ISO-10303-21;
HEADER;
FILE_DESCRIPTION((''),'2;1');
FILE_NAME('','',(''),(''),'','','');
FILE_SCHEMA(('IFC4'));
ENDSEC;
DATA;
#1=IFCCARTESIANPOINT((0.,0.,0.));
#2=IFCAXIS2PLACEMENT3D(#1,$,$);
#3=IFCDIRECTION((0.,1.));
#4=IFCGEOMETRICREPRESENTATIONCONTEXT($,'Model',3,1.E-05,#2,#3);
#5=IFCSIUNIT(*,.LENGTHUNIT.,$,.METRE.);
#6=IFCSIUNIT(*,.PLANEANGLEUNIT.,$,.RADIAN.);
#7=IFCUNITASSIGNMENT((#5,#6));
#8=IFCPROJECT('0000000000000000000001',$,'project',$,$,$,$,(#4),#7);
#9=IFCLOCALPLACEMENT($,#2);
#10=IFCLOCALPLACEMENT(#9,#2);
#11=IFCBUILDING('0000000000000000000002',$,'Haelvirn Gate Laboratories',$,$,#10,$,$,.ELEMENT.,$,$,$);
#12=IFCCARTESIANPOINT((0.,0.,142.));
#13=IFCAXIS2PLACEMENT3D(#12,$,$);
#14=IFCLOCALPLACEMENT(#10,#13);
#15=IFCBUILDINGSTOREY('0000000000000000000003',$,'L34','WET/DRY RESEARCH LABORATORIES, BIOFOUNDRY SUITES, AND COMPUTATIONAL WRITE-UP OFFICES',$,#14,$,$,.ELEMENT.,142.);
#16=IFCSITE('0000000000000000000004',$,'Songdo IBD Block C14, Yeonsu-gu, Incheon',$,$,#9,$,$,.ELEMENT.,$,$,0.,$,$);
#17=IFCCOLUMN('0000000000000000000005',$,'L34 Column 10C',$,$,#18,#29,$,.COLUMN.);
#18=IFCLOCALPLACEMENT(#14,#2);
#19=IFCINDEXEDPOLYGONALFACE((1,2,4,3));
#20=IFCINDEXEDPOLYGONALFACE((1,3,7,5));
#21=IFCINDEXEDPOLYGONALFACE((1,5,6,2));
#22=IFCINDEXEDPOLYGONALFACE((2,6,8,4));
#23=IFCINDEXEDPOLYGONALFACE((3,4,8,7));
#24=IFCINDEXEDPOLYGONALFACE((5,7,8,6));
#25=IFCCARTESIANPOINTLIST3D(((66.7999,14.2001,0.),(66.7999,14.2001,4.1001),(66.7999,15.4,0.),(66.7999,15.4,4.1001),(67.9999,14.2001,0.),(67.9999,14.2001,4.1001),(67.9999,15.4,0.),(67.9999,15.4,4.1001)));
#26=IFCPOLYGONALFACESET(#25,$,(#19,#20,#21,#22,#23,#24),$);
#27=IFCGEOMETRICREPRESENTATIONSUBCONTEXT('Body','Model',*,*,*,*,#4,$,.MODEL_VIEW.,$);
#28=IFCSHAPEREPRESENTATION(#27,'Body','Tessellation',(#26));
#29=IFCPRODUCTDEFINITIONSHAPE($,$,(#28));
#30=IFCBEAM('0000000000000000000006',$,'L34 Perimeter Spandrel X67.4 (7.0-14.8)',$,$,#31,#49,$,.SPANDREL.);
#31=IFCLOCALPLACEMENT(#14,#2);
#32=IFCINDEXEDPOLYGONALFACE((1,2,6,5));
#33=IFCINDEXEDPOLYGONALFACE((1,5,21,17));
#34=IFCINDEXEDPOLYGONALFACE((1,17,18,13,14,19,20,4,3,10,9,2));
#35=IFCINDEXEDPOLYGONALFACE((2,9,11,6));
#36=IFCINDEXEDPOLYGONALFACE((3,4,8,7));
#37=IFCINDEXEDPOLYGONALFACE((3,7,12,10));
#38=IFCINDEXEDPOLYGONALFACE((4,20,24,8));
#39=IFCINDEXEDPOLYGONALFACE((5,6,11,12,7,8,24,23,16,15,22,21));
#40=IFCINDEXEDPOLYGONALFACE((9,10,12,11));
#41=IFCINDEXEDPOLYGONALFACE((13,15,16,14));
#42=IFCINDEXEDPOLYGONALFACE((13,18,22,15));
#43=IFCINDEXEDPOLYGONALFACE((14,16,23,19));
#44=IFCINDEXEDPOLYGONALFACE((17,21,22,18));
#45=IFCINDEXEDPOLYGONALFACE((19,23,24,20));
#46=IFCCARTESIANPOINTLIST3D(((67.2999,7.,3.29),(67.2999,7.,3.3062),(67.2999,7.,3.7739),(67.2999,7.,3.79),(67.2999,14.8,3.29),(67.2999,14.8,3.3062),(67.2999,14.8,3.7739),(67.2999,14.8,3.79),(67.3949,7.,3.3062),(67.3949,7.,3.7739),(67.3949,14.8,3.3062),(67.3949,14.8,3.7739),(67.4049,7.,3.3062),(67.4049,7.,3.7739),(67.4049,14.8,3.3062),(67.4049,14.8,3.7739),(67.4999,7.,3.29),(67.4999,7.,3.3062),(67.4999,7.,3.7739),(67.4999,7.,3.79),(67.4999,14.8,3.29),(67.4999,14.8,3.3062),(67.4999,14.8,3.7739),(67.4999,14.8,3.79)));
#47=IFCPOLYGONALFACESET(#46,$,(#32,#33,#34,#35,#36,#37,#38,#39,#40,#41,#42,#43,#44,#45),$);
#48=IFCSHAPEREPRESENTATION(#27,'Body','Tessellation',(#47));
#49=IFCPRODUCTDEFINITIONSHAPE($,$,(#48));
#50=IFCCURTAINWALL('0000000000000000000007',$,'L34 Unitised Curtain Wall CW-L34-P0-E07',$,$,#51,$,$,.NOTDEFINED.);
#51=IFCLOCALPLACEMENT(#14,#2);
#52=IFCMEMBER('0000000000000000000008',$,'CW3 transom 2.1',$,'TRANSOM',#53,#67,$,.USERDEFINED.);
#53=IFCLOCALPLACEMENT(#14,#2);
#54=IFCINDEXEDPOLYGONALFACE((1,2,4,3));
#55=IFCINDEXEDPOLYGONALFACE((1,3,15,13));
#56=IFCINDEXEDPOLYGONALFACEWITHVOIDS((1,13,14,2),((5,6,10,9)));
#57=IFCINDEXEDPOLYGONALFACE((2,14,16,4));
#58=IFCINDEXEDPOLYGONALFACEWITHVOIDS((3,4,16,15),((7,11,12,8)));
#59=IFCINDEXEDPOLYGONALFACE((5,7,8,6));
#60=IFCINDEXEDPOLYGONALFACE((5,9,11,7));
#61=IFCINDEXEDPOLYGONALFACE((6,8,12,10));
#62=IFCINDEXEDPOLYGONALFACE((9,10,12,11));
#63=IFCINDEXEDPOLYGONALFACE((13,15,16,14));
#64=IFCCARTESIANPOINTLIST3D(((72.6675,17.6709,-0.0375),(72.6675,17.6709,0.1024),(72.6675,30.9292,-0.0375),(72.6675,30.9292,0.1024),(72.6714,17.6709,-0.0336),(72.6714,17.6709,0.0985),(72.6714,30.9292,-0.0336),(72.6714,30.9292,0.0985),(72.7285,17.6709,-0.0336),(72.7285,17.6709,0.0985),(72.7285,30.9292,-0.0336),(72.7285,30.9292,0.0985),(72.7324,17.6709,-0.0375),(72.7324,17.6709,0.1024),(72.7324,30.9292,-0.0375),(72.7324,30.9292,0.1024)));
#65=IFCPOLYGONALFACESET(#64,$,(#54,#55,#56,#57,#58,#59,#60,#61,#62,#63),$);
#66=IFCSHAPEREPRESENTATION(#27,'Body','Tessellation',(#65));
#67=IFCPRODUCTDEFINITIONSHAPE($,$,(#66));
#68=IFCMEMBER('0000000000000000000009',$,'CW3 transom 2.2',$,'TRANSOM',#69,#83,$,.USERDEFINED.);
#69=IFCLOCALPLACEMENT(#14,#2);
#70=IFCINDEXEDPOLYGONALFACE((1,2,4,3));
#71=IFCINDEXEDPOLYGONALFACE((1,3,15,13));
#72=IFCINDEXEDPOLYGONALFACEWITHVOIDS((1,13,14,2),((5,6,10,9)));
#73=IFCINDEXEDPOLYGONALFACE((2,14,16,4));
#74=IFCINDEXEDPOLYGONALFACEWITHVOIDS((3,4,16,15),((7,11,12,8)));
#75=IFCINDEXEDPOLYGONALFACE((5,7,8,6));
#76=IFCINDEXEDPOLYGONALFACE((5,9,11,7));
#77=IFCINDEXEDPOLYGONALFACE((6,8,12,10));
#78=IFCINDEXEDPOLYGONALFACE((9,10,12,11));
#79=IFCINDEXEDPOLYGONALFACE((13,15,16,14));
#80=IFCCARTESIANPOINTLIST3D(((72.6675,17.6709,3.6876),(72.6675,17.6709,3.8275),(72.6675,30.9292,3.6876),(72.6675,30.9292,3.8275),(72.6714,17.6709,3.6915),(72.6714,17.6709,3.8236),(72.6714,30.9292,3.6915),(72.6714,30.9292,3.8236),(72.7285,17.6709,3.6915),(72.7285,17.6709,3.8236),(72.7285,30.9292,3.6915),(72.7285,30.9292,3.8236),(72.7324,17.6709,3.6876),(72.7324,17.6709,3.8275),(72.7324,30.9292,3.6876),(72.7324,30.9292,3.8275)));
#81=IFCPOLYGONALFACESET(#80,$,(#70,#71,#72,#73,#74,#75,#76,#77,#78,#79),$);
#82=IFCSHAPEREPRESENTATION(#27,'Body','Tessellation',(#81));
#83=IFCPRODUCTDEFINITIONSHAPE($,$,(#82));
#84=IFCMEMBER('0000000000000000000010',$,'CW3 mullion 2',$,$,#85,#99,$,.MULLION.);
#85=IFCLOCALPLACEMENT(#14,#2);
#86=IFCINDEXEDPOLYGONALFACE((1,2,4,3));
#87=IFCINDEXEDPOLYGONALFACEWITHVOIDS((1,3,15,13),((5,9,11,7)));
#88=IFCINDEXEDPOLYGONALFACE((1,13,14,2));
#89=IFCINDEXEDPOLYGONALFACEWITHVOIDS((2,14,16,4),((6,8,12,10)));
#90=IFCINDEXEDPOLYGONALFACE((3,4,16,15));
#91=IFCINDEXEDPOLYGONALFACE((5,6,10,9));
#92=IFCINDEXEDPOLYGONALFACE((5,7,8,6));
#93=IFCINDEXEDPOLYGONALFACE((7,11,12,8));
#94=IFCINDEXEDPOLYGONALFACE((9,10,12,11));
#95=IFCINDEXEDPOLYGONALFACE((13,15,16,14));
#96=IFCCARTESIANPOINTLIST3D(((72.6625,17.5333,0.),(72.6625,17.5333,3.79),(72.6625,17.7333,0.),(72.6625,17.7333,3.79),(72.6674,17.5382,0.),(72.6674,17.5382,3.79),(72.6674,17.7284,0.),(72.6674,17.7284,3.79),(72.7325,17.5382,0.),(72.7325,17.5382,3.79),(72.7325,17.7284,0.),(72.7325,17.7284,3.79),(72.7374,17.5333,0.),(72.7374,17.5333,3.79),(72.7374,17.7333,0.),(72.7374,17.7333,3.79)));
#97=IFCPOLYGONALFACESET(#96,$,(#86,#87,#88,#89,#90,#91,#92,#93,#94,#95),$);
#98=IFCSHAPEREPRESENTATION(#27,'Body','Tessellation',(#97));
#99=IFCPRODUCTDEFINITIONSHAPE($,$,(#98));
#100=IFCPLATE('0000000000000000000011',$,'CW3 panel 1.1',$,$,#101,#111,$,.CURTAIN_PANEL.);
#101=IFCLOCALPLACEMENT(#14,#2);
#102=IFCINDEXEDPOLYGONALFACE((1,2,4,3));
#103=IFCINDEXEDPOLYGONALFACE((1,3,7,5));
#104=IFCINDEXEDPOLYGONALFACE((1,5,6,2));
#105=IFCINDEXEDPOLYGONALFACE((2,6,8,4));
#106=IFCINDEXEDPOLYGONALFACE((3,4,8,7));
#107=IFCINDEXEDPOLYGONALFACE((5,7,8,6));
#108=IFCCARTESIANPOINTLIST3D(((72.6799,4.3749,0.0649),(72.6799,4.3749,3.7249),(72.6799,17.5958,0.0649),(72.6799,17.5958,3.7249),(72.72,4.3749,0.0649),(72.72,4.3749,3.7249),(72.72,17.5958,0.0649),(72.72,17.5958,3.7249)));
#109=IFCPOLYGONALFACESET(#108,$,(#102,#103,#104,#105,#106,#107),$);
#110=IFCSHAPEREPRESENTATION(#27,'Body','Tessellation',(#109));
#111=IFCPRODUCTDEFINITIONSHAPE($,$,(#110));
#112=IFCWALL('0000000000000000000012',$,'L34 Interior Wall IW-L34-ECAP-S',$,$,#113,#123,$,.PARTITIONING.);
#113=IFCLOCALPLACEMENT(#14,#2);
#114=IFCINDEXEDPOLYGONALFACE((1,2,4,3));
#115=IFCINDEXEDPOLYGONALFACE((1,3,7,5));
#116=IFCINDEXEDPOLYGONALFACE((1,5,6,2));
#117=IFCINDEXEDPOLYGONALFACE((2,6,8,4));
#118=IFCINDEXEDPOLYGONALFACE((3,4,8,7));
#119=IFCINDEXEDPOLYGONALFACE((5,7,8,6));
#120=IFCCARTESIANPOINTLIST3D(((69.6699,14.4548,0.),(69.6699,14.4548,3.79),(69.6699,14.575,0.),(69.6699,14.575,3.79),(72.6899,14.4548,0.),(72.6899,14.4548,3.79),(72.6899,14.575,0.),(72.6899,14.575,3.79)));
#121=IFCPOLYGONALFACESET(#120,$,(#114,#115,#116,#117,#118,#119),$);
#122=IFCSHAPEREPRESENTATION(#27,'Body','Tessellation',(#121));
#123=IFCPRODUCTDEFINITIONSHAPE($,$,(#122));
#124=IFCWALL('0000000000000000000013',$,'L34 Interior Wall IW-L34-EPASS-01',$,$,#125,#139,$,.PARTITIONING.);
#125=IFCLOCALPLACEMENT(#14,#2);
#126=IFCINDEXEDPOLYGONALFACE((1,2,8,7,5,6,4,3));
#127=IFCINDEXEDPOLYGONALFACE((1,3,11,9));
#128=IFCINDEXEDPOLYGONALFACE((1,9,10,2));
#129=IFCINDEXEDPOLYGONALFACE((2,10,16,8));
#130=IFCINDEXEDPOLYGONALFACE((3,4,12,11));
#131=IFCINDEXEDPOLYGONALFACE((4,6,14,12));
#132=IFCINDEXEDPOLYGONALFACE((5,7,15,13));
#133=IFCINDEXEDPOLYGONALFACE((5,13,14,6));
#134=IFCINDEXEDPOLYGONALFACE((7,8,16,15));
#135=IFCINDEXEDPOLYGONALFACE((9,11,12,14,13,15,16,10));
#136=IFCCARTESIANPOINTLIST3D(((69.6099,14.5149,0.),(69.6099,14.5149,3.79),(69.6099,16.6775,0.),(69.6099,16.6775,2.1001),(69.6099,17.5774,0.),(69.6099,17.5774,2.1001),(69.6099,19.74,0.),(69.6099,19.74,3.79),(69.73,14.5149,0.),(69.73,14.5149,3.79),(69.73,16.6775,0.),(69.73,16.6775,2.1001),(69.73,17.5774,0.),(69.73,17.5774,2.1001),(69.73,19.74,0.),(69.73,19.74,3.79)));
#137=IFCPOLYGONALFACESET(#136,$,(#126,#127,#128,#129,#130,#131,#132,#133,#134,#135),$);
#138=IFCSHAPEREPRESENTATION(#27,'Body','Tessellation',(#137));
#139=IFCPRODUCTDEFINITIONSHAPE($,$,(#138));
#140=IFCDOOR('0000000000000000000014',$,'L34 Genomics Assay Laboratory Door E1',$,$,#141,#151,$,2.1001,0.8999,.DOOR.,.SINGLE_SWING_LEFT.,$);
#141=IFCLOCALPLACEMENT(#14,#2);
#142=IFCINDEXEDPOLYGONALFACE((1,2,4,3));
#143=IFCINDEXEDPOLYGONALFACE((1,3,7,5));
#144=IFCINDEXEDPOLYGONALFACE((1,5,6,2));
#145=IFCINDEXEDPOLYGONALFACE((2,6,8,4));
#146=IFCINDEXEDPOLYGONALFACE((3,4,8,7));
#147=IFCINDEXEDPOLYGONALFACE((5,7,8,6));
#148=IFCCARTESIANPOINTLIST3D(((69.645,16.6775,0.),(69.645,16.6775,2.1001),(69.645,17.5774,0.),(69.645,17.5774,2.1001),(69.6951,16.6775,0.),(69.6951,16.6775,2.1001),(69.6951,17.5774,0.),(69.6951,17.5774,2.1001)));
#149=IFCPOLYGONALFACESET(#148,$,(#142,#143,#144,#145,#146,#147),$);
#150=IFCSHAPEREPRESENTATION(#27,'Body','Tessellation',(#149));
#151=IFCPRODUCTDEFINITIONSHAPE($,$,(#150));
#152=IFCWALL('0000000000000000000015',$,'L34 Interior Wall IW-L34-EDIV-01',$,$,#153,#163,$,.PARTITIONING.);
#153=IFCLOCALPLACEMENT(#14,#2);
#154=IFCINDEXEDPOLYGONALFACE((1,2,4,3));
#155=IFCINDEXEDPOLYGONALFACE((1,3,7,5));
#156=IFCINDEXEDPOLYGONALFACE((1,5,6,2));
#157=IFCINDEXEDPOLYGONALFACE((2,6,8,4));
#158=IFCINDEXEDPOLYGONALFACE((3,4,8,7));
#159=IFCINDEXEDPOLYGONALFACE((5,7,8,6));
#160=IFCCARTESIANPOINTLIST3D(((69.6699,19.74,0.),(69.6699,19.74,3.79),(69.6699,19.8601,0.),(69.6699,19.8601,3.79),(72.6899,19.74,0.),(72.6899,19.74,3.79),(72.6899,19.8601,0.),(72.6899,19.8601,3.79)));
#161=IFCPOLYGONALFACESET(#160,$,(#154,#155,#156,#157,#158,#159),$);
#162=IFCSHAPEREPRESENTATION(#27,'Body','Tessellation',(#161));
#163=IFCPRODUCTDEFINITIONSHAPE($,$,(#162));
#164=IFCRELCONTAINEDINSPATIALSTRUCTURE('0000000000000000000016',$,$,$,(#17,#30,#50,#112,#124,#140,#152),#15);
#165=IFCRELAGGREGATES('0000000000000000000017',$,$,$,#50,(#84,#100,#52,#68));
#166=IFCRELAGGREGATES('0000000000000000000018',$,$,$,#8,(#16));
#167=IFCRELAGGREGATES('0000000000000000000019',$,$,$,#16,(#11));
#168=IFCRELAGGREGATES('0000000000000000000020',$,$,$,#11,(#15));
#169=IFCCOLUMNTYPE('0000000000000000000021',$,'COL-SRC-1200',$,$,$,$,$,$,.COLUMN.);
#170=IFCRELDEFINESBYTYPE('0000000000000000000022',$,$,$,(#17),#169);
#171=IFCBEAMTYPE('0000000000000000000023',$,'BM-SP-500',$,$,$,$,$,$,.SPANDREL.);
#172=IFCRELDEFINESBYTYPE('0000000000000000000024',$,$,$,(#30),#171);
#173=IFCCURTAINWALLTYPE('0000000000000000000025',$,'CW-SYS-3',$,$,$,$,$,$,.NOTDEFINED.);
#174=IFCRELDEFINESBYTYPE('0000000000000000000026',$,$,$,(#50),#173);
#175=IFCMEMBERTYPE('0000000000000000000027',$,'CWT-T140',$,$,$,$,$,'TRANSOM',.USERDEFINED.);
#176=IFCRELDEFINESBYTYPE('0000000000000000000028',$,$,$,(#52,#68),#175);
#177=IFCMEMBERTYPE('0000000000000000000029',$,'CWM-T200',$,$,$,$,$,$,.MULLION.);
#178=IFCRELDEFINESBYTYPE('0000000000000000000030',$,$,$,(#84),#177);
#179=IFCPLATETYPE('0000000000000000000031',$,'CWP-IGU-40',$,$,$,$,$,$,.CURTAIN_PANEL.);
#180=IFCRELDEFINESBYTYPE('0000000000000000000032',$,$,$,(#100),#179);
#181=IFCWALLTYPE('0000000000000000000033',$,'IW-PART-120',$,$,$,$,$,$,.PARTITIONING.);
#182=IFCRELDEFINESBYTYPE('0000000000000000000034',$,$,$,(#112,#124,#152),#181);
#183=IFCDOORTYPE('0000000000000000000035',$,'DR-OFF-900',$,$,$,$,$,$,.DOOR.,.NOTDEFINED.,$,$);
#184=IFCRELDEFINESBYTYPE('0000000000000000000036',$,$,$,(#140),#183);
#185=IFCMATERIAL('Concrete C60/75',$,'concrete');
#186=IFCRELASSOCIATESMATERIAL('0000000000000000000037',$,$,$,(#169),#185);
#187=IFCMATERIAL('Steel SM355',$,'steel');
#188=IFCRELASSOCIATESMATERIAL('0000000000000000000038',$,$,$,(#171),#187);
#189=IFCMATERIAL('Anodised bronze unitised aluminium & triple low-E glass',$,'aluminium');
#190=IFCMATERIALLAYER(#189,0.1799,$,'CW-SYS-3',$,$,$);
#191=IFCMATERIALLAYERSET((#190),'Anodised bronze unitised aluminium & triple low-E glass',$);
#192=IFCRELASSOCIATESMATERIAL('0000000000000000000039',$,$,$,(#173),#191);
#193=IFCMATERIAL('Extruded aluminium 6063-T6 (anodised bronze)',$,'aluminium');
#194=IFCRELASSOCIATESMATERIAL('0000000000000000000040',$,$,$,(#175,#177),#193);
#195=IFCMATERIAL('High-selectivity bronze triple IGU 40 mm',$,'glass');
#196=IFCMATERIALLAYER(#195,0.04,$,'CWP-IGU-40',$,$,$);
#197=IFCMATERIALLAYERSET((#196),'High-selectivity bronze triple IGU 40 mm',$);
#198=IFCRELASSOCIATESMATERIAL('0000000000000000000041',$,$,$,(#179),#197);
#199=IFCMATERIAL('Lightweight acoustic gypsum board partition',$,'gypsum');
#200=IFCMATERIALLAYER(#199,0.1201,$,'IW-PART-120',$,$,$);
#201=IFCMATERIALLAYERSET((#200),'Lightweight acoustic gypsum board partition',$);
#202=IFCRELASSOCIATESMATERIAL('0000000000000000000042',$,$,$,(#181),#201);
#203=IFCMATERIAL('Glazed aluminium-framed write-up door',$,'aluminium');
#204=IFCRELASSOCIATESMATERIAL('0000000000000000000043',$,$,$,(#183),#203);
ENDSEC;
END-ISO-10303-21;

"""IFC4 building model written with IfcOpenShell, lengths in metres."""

from ifc_helpers import new_model, si_unit, direction, frame, frame_2d, origin, origin_2d, place, context, subcontext, project, spatial, rectangle, hollow_rectangle, i_section, extrude, source, transform, mapped, material, layer, layer_set, material_profile, profile_set, type_object, type_shapes, element, fill, aggregate, save


model = new_model("IFC4")

# Units and contexts
model_context = context("Model", 3, precision=1e-05, world=origin(), true_north=direction((0.0, 1.0)))
body_context = subcontext(model_context, "Body", "Model", "MODEL_VIEW")
ifc_project = project(units=[si_unit("LENGTHUNIT", "METRE"), si_unit("PLANEANGLEUNIT", "RADIAN")], contexts=[model_context])

# Site, building, storey
site_placement = place(None, origin())
site = spatial("IfcSite", under=ifc_project, at=site_placement, Name="Songdo IBD Block C14, Yeonsu-gu, Incheon", CompositionType="ELEMENT", RefElevation=0.0)
building_placement = place(site_placement, origin())
building = spatial("IfcBuilding", under=site, at=building_placement, Name="Haelvirn Gate Laboratories", CompositionType="ELEMENT")
storey_placement = place(building_placement, frame((0.0, 0.0, 142.0)))
storey = spatial("IfcBuildingStorey", under=building, at=storey_placement, Name="L34", Description="WET/DRY RESEARCH LABORATORIES, BIOFOUNDRY SUITES, AND COMPUTATIONAL WRITE-UP OFFICES", CompositionType="ELEMENT", Elevation=142.0)

# Column
ifc_material_1 = material(Name="Concrete C60/75", Category="concrete")
ifc_material_profile_1 = material_profile(ifc_material_1, rectangle(XDim=1.2, YDim=1.2, at=origin_2d()), Name="SRC-1200x1200")
ifc_profile_set_1 = profile_set([ifc_material_profile_1], Name="Concrete C60/75")
column_type = type_object("IfcColumnType", Name="COL-SRC-1200", PredefinedType="COLUMN", material=ifc_profile_set_1)
shared_shape_1 = source(origin(), body_context, "Body", "SweptSolid", [
    extrude(rectangle(XDim=1.2, YDim=1.2, at=origin_2d()), origin(), (0.0, 0.0, 1.0), 4.1001),
])
type_shapes(column_type, [shared_shape_1])
column_placement = place(storey_placement, frame((67.3999, 14.8, 0.0), z_axis=(0.0, 0.0, 1.0), x_axis=(1.0, 0.0, 0.0)))
element("IfcColumn", 1, at=column_placement, inside=storey, type_object=column_type, Name="L34 Column 10C", PredefinedType="COLUMN", context=body_context, shape_type="MappedRepresentation", body=[
    mapped(shared_shape_1, transform((0.0, 0.0, 0.0), scale=1.0)),
])

# Beam
ifc_material_2 = material(Name="Steel SM355", Category="steel")
ifc_material_profile_2 = material_profile(ifc_material_2, i_section(OverallWidth=0.2, OverallDepth=0.5, WebThickness=0.01, FlangeThickness=0.0161, at=origin_2d()), Name="H-500x200x10x16")
ifc_profile_set_2 = profile_set([ifc_material_profile_2], Name="Steel SM355")
beam_type = type_object("IfcBeamType", Name="BM-SP-500", PredefinedType="SPANDREL", material=ifc_profile_set_2)
shared_shape_2 = source(origin(), body_context, "Body", "SweptSolid", [
    extrude(i_section(OverallWidth=0.2, OverallDepth=0.5, WebThickness=0.01, FlangeThickness=0.0161, at=origin_2d()), origin(), (0.0, 0.0, 1.0), 7.8),
])
type_shapes(beam_type, [shared_shape_2])
beam_placement = place(storey_placement, frame((67.3999, 7.0, 3.54), z_axis=(0.0, 1.0, 0.0), x_axis=(-1.0, 0.0, 0.0)))
element("IfcBeam", 2, at=beam_placement, inside=storey, type_object=beam_type, Name="L34 Perimeter Spandrel X67.4 (7.0-14.8)", PredefinedType="SPANDREL", context=body_context, shape_type="MappedRepresentation", body=[
    mapped(shared_shape_2, transform((0.0, 0.0, 0.0), scale=1.0)),
])

# Curtain wall, members, plate
ifc_material_3 = material(Name="Anodised bronze unitised aluminium & triple low-E glass", Category="aluminium")
ifc_layer_1 = layer(ifc_material_3, 0.1799, Name="CW-SYS-3")
ifc_layer_set_1 = layer_set([ifc_layer_1], Name="Anodised bronze unitised aluminium & triple low-E glass")
curtain_wall_type = type_object("IfcCurtainWallType", Name="CW-SYS-3", PredefinedType="NOTDEFINED", material=ifc_layer_set_1)
curtain_wall_placement = place(storey_placement, origin())
curtain_wall = element("IfcCurtainWall", 3, at=curtain_wall_placement, inside=storey, type_object=curtain_wall_type, Name="L34 Unitised Curtain Wall CW-L34-P0-E07", PredefinedType="NOTDEFINED")
ifc_material_4 = material(Name="Extruded aluminium 6063-T6 (anodised bronze)", Category="aluminium")
ifc_material_profile_3 = material_profile(ifc_material_4, hollow_rectangle(XDim=0.0649, YDim=0.1399, WallThickness=0.0039, at=origin_2d()), Name="CWT-140x65x4")
ifc_profile_set_3 = profile_set([ifc_material_profile_3], Name="Extruded aluminium 6063-T6 (anodised bronze)")
member_type_1 = type_object("IfcMemberType", Name="CWT-T140", ElementType="TRANSOM", PredefinedType="USERDEFINED", material=ifc_profile_set_3)
shared_shape_3 = source(origin(), body_context, "Body", "SweptSolid", [
    extrude(hollow_rectangle(XDim=0.0649, YDim=0.1399, WallThickness=0.0039, at=origin_2d()), origin(), (0.0, 0.0, 1.0), 13.2583),
])
type_shapes(member_type_1, [shared_shape_3])
member_1_placement = place(storey_placement, frame((72.7, 17.6709, 0.0325), z_axis=(0.0, 1.0, 0.0), x_axis=(-1.0, 0.0, 0.0)))
member_1 = element("IfcMember", 4, at=member_1_placement, type_object=member_type_1, Name="CW3 transom 2.1", ObjectType="TRANSOM", PredefinedType="USERDEFINED", context=body_context, shape_type="MappedRepresentation", body=[
    mapped(shared_shape_3, transform((0.0, 0.0, 0.0), scale=1.0)),
])
member_2_placement = place(storey_placement, frame((72.7, 17.6709, 3.7576), z_axis=(0.0, 1.0, 0.0), x_axis=(-1.0, 0.0, 0.0)))
member_2 = element("IfcMember", 5, at=member_2_placement, type_object=member_type_1, Name="CW3 transom 2.2", ObjectType="TRANSOM", PredefinedType="USERDEFINED", context=body_context, shape_type="MappedRepresentation", body=[
    mapped(shared_shape_3, transform((0.0, 0.0, 0.0), scale=1.0)),
])
ifc_material_profile_4 = material_profile(ifc_material_4, hollow_rectangle(XDim=0.075, YDim=0.2, WallThickness=0.0049, at=origin_2d()), Name="CWM-200x75x5")
ifc_profile_set_4 = profile_set([ifc_material_profile_4], Name="Extruded aluminium 6063-T6 (anodised bronze)")
member_type_2 = type_object("IfcMemberType", Name="CWM-T200", PredefinedType="MULLION", material=ifc_profile_set_4)
shared_shape_4 = source(origin(), body_context, "Body", "SweptSolid", [
    extrude(hollow_rectangle(XDim=0.075, YDim=0.2, WallThickness=0.0049, at=origin_2d()), origin(), (0.0, 0.0, 1.0), 3.79),
])
type_shapes(member_type_2, [shared_shape_4])
member_3_placement = place(storey_placement, frame((72.7, 17.6333, 0.0), z_axis=(0.0, 0.0, 1.0), x_axis=(-1.0, 0.0, 0.0)))
member_3 = element("IfcMember", 6, at=member_3_placement, type_object=member_type_2, Name="CW3 mullion 2", PredefinedType="MULLION", context=body_context, shape_type="MappedRepresentation", body=[
    mapped(shared_shape_4, transform((0.0, 0.0, 0.0), scale=1.0)),
])
ifc_material_5 = material(Name="High-selectivity bronze triple IGU 40 mm", Category="glass")
ifc_layer_2 = layer(ifc_material_5, 0.04, Name="CWP-IGU-40")
ifc_layer_set_2 = layer_set([ifc_layer_2], Name="High-selectivity bronze triple IGU 40 mm")
plate_type = type_object("IfcPlateType", Name="CWP-IGU-40", PredefinedType="CURTAIN_PANEL", material=ifc_layer_set_2)
shared_shape_5 = source(origin(), body_context, "Body", "SweptSolid", [
    extrude(rectangle(XDim=13.2209, YDim=0.04, at=origin_2d()), origin(), (0.0, 0.0, 1.0), 3.6599),
])
type_shapes(plate_type, [shared_shape_5])
plate_placement = place(storey_placement, frame((72.7, 10.9854, 0.0649), z_axis=(0.0, 0.0, 1.0), x_axis=(0.0, 1.0, 0.0)))
plate = element("IfcPlate", 7, at=plate_placement, type_object=plate_type, Name="CW3 panel 1.1", PredefinedType="CURTAIN_PANEL", context=body_context, shape_type="MappedRepresentation", body=[
    mapped(shared_shape_5, transform((0.0, 0.0, 0.0), scale=1.0)),
])
aggregate(curtain_wall, [member_3, plate, member_1, member_2])

# Wall
ifc_material_6 = material(Name="Lightweight acoustic gypsum board partition", Category="gypsum")
ifc_layer_3 = layer(ifc_material_6, 0.1201, Name="IW-PART-120")
ifc_layer_set_3 = layer_set([ifc_layer_3], Name="Lightweight acoustic gypsum board partition")
wall_type_1 = type_object("IfcWallType", Name="IW-PART-120", PredefinedType="PARTITIONING", material=ifc_layer_set_3)
wall_1_placement = place(storey_placement, frame((69.6699, 14.5149, 0.0), z_axis=(0.0, 0.0, 1.0), x_axis=(1.0, 0.0, 0.0)))
element("IfcWall", 8, at=wall_1_placement, inside=storey, type_object=wall_type_1, Name="L34 Interior Wall IW-L34-ECAP-S", PredefinedType="PARTITIONING", context=body_context, shape_type="SweptSolid", body=[
    extrude(rectangle(XDim=3.02, YDim=0.1201, at=frame_2d((1.51, 0.0))), origin(), (0.0, 0.0, 1.0), 3.79),
])

# Wall, opening, door
wall_2_placement = place(storey_placement, frame((69.6699, 14.5149, 0.0), z_axis=(0.0, 0.0, 1.0), x_axis=(0.0, 1.0, 0.0)))
wall_2 = element("IfcWall", 9, at=wall_2_placement, inside=storey, type_object=wall_type_1, Name="L34 Interior Wall IW-L34-EPASS-01", PredefinedType="PARTITIONING", context=body_context, shape_type="SweptSolid", body=[
    extrude(rectangle(XDim=5.2251, YDim=0.1201, at=frame_2d((2.6125, 0.0))), origin(), (0.0, 0.0, 1.0), 3.79),
])
opening_1_placement = place(wall_2_placement, frame((2.1626, 0.0, 0.0)))
opening_1 = element("IfcOpeningElement", 10, at=opening_1_placement, cuts=wall_2, PredefinedType="OPENING", context=body_context, shape_type="SweptSolid", body=[
    extrude(rectangle(XDim=0.8999, YDim=2.1001, at=frame_2d((0.45, 1.05))), frame((0.0, 0.0701, 0.0), z_axis=(0.0, -1.0, 0.0), x_axis=(1.0, 0.0, 0.0)), (0.0, 0.0, 1.0), 0.1401),
])
ifc_material_7 = material(Name="Glazed aluminium-framed write-up door", Category="aluminium")
door_type_1 = type_object("IfcDoorType", Name="DR-OFF-900", OperationType="NOTDEFINED", PredefinedType="DOOR", material=ifc_material_7)
shared_shape_6 = source(origin(), body_context, "Body", "SweptSolid", [
    extrude(rectangle(XDim=0.8999, YDim=2.1001, at=frame_2d((0.45, 1.05))), frame((0.0, 0.0249, 0.0), z_axis=(0.0, -1.0, 0.0), x_axis=(1.0, 0.0, 0.0)), (0.0, 0.0, 1.0), 0.05),
])
type_shapes(door_type_1, [shared_shape_6])
door_1_placement = place(opening_1_placement, origin())
door_1 = element("IfcDoor", 11, at=door_1_placement, inside=storey, type_object=door_type_1, Name="L34 Genomics Assay Laboratory Door E1", OperationType="SINGLE_SWING_LEFT", OverallHeight=2.1001, OverallWidth=0.8999, PredefinedType="DOOR", context=body_context, shape_type="MappedRepresentation", body=[
    mapped(shared_shape_6, transform((0.0, 0.0, 0.0), scale=1.0)),
])
fill(opening_1, door_1)

# Wall
wall_3_placement = place(storey_placement, frame((69.6699, 19.8, 0.0), z_axis=(0.0, 0.0, 1.0), x_axis=(1.0, 0.0, 0.0)))
element("IfcWall", 12, at=wall_3_placement, inside=storey, type_object=wall_type_1, Name="L34 Interior Wall IW-L34-EDIV-01", PredefinedType="PARTITIONING", context=body_context, shape_type="SweptSolid", body=[
    extrude(rectangle(XDim=3.02, YDim=0.1201, at=frame_2d((1.51, 0.0))), origin(), (0.0, 0.0, 1.0), 3.79),
])

save(model, "model.ifc")
